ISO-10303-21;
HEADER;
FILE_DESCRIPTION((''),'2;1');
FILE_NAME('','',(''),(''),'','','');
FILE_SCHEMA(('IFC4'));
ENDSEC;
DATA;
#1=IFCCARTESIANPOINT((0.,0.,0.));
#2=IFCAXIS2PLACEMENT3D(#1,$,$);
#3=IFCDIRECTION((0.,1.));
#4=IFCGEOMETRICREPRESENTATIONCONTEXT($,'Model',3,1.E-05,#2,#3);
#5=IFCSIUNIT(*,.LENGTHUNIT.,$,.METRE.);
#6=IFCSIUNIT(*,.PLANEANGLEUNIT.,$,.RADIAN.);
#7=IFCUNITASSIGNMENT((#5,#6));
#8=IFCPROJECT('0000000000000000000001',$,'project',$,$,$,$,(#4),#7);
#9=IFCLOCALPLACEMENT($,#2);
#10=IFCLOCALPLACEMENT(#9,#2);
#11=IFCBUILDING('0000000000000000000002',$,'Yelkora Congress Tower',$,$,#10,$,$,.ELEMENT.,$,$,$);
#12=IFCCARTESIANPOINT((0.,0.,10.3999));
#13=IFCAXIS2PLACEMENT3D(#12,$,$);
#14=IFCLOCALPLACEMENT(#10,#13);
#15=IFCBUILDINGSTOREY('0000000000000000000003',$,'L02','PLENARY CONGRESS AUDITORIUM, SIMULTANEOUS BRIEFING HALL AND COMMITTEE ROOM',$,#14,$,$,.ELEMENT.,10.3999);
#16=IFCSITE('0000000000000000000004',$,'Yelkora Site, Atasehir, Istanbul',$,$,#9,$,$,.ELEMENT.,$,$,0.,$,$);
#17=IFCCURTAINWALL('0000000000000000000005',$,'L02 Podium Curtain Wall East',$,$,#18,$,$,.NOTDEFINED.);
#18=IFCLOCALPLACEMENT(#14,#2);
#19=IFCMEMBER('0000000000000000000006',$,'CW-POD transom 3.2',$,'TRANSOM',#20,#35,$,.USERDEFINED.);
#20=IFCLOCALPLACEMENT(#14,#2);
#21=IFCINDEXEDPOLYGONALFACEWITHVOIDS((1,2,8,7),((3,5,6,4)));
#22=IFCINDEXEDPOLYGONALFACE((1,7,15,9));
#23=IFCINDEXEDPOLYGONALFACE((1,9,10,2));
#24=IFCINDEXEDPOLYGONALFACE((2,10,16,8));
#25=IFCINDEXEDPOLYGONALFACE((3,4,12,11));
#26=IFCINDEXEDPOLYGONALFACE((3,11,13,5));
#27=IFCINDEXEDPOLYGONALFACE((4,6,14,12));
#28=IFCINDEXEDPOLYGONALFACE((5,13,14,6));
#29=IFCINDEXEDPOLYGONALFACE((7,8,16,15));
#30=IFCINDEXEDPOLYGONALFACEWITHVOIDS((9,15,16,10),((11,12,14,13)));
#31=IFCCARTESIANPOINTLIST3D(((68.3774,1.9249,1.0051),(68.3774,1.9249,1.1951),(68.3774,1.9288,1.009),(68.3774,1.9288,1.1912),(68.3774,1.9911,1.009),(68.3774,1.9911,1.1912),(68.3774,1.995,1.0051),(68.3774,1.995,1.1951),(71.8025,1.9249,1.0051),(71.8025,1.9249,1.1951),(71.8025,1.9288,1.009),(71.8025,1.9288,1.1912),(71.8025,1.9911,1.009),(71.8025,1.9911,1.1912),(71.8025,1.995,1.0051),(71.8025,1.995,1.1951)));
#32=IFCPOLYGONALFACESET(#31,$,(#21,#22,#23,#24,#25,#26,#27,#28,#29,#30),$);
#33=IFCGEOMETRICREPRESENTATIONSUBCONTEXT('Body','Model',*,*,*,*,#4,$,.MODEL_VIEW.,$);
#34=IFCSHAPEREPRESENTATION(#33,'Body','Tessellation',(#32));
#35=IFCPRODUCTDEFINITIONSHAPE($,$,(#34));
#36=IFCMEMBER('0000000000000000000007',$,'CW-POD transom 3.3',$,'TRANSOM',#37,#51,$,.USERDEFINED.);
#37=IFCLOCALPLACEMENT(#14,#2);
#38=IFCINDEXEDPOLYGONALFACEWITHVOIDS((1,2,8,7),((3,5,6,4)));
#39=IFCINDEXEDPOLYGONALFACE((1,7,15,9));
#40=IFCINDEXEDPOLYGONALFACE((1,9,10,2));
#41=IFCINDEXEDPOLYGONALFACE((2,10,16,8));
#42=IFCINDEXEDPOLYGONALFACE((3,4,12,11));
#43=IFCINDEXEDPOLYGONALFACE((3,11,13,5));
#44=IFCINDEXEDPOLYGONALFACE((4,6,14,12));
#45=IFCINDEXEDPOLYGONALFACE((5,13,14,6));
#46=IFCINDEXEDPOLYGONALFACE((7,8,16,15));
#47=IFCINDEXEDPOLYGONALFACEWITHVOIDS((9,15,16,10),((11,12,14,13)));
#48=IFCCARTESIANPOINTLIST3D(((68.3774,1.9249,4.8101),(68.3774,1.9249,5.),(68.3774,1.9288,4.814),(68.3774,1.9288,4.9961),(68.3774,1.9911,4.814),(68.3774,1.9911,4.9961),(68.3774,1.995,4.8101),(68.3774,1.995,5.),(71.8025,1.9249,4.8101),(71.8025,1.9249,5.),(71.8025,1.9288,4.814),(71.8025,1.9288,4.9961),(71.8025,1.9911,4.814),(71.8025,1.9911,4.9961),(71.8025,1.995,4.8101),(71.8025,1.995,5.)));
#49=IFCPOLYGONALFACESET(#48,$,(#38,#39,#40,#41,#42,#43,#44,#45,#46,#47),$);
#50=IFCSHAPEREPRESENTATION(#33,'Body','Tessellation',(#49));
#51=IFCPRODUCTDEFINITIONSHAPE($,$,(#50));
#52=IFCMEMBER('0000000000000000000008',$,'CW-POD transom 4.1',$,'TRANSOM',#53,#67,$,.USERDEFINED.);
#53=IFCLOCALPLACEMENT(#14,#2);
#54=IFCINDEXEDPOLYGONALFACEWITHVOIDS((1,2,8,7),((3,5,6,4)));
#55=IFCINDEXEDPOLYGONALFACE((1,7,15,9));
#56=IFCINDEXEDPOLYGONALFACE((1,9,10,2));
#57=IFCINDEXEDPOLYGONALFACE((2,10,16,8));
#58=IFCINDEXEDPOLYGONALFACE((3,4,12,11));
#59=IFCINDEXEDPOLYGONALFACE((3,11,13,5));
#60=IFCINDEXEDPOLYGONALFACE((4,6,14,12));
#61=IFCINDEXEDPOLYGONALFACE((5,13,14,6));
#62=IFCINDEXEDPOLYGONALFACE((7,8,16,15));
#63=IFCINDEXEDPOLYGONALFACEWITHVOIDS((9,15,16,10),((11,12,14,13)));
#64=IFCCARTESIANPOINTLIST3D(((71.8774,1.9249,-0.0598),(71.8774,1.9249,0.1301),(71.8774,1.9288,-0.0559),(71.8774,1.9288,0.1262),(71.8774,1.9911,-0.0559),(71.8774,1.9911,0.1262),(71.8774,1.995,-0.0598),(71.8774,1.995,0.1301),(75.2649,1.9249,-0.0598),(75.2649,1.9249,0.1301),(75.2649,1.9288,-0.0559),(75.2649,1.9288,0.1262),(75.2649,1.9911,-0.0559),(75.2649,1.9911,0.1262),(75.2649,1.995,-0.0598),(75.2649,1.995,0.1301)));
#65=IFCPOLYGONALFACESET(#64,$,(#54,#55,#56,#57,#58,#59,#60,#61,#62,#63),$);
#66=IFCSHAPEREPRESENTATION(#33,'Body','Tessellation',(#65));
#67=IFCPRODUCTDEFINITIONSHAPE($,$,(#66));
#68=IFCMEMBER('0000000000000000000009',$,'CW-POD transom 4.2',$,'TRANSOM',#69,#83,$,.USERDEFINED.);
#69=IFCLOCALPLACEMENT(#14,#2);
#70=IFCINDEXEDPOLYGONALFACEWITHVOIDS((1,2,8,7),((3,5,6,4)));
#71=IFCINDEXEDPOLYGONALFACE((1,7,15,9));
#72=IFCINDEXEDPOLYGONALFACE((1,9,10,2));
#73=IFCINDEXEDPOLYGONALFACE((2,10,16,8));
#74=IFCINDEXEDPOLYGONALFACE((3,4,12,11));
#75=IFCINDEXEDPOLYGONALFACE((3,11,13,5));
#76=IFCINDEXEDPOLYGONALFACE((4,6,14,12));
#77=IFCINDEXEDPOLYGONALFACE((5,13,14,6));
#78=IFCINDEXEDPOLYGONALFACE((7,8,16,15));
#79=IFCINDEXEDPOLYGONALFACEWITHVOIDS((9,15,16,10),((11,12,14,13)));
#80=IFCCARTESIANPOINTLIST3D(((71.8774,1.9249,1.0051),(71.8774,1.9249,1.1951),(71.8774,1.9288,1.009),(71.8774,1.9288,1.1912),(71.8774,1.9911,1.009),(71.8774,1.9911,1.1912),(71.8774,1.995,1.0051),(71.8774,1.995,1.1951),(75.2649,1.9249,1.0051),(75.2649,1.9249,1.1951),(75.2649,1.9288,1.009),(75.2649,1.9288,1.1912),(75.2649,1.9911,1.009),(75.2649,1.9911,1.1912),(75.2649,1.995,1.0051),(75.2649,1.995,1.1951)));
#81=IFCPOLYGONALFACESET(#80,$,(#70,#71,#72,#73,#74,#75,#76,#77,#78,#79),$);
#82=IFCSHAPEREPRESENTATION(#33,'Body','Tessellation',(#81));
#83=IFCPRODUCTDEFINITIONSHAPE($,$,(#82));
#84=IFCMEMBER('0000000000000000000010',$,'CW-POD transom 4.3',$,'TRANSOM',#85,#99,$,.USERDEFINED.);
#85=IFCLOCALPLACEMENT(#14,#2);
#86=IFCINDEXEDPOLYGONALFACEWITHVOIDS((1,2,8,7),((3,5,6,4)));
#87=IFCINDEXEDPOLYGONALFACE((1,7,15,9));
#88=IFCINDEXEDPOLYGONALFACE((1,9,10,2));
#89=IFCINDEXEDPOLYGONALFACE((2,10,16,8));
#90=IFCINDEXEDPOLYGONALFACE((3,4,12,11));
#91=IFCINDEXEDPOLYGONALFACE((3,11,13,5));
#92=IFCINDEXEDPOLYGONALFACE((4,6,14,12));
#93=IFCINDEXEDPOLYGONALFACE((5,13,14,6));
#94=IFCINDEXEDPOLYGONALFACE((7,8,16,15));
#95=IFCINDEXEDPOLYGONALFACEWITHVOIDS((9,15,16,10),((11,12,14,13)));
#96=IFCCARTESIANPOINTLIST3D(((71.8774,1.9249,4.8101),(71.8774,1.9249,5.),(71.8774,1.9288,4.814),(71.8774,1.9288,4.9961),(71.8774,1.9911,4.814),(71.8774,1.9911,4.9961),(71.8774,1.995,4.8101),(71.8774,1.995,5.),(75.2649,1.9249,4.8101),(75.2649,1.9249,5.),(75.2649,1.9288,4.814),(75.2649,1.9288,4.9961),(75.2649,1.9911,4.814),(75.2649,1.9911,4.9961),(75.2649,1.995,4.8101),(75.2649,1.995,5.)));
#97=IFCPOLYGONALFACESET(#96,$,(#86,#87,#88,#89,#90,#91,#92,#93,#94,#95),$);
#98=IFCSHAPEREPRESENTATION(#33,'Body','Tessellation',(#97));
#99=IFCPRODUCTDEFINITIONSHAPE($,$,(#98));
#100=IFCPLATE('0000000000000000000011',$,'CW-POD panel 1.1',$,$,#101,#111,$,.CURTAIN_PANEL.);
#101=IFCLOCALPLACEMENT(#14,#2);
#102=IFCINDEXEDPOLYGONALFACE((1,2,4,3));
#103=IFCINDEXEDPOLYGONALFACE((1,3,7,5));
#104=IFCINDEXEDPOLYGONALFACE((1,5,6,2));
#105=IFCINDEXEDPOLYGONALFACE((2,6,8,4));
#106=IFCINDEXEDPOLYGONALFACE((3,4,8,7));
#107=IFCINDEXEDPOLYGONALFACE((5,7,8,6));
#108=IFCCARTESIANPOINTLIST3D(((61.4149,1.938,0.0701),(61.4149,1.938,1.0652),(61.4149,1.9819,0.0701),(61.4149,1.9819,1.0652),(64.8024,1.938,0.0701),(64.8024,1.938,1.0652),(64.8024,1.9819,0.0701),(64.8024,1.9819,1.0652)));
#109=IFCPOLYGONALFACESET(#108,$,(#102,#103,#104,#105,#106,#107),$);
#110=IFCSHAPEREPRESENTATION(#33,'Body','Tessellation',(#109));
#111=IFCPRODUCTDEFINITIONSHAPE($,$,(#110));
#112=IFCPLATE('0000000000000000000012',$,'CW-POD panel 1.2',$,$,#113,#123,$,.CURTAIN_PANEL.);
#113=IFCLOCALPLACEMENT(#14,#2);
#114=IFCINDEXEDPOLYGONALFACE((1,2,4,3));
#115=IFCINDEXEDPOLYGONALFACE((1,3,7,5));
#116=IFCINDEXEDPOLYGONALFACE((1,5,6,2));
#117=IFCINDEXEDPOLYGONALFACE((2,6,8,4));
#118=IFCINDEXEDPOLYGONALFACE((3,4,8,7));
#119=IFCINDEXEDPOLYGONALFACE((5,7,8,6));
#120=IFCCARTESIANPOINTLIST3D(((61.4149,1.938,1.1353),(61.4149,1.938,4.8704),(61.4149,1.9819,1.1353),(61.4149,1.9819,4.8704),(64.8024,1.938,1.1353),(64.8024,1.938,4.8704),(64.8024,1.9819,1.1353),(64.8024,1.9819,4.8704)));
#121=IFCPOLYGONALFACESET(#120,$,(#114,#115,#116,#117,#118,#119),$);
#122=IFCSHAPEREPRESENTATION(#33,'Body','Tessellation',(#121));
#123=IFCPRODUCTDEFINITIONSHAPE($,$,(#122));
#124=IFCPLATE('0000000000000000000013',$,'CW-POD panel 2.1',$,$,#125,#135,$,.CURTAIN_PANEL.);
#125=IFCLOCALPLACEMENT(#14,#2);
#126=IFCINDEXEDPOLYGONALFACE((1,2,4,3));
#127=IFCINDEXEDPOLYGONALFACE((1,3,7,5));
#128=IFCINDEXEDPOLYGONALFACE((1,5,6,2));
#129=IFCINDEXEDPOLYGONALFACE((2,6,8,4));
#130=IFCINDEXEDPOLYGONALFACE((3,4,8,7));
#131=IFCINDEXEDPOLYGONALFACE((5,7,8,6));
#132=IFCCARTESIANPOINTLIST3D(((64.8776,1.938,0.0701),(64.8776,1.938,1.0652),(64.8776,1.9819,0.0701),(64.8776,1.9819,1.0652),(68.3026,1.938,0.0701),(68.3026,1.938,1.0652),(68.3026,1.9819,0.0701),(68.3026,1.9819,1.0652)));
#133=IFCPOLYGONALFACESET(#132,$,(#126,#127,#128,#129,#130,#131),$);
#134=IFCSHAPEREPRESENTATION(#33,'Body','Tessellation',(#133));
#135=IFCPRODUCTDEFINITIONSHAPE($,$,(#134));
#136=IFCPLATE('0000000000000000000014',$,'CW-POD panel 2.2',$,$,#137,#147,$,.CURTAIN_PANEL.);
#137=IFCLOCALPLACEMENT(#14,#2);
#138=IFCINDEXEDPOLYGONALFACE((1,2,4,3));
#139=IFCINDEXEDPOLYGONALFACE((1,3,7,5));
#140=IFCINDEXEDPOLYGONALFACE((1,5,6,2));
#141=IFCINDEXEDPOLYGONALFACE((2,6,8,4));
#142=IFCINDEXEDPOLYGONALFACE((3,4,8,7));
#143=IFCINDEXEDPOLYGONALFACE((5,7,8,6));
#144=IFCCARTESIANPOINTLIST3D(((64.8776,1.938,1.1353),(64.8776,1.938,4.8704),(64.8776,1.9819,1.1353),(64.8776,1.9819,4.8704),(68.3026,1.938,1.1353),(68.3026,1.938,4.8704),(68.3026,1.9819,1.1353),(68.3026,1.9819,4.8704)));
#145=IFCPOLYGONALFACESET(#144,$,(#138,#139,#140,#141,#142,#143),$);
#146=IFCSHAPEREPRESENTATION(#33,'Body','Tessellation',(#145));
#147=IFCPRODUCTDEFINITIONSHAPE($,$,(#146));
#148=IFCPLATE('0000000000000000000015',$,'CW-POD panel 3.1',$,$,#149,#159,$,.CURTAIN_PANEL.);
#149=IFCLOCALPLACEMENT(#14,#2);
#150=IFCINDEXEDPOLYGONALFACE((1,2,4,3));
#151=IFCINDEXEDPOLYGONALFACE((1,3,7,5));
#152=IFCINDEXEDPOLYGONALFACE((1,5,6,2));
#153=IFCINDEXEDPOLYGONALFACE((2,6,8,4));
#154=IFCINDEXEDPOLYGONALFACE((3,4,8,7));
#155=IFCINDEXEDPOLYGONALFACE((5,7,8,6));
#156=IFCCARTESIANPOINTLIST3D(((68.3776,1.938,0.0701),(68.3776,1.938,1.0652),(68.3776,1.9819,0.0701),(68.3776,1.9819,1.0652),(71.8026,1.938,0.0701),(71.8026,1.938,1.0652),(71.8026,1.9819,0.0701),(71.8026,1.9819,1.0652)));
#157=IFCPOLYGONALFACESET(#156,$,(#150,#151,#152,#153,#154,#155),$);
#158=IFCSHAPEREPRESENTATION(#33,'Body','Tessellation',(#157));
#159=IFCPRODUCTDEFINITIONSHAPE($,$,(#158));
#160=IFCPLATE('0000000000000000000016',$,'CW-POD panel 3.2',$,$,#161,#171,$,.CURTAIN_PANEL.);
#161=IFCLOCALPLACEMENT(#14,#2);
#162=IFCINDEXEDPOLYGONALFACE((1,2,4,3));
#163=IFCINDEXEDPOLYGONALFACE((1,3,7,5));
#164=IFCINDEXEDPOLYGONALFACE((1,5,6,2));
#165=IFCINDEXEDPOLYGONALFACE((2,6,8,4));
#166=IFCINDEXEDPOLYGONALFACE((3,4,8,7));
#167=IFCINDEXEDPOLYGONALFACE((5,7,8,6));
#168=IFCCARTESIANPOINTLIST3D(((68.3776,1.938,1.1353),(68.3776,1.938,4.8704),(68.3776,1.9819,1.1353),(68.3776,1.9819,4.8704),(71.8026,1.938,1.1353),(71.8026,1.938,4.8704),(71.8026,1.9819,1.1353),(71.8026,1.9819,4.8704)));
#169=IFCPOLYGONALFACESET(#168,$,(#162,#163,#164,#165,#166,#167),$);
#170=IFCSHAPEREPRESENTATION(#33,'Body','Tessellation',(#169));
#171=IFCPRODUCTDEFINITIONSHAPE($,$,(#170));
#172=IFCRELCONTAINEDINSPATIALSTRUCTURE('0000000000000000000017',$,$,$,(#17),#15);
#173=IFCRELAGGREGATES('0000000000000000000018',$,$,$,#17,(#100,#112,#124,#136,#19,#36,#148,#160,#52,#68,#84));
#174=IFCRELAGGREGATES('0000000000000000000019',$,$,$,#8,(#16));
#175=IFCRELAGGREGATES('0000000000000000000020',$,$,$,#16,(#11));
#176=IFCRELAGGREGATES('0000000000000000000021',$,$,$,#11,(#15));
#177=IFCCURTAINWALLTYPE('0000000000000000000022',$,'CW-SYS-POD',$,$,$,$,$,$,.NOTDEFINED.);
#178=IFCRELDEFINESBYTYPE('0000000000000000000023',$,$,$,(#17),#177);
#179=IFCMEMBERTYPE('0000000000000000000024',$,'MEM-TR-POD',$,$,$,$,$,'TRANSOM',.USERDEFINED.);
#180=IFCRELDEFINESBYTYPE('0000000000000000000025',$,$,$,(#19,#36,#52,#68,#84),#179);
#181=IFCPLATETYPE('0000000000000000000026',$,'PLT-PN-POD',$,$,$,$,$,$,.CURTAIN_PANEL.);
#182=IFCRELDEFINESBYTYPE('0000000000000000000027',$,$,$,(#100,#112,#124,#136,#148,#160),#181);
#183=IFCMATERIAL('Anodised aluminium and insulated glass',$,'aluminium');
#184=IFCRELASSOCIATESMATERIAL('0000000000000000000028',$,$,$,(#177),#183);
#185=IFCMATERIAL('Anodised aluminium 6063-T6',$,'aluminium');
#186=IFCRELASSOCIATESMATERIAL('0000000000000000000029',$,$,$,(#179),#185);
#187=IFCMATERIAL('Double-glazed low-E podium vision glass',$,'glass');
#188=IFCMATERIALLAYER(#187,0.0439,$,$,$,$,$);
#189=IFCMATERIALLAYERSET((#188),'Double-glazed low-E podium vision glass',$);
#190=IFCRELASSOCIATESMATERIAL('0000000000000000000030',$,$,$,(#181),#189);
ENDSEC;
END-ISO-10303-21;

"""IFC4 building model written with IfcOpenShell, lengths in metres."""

from ifc_helpers import new_model, si_unit, direction, frame, origin, origin_2d, place, context, subcontext, project, spatial, rectangle, hollow_rectangle, extrude, material, layer, layer_set, material_profile, profile_set, type_object, element, aggregate, save


model = new_model("IFC4")

# Units and contexts
model_context = context("Model", 3, precision=1e-05, world=origin(), true_north=direction((0.0, 1.0)))
body_context = subcontext(model_context, "Body", "Model", "MODEL_VIEW")
ifc_project = project(units=[si_unit("LENGTHUNIT", "METRE"), si_unit("PLANEANGLEUNIT", "RADIAN")], contexts=[model_context])

# Site, building, storey
site_placement = place(None, origin())
site = spatial("IfcSite", under=ifc_project, at=site_placement, Name="Yelkora Site, Atasehir, Istanbul", CompositionType="ELEMENT", RefElevation=0.0)
building_placement = place(site_placement, origin())
building = spatial("IfcBuilding", under=site, at=building_placement, Name="Yelkora Congress Tower", CompositionType="ELEMENT")
storey_placement = place(building_placement, frame((0.0, 0.0, 10.3999)))
storey = spatial("IfcBuildingStorey", under=building, at=storey_placement, Name="L02", Description="PLENARY CONGRESS AUDITORIUM, SIMULTANEOUS BRIEFING HALL AND COMMITTEE ROOM", CompositionType="ELEMENT", Elevation=10.3999)

# Curtain wall, members, plates
ifc_material_1 = material(Name="Anodised aluminium and insulated glass", Category="aluminium")
curtain_wall_type = type_object("IfcCurtainWallType", Name="CW-SYS-POD", PredefinedType="NOTDEFINED", material=ifc_material_1)
curtain_wall_placement = place(storey_placement, origin())
curtain_wall = element("IfcCurtainWall", 1, at=curtain_wall_placement, inside=storey, type_object=curtain_wall_type, Name="L02 Podium Curtain Wall East", PredefinedType="NOTDEFINED")
ifc_material_2 = material(Name="Anodised aluminium 6063-T6", Category="aluminium")
ifc_material_profile_1 = material_profile(ifc_material_2, hollow_rectangle(XDim=0.0701, YDim=0.1899, WallThickness=0.0039, at=origin_2d()), Name="ALU 70x190x4")
ifc_profile_set_1 = profile_set([ifc_material_profile_1], Name="Anodised aluminium 6063-T6")
member_type_1 = type_object("IfcMemberType", Name="MEM-TR-POD", ElementType="TRANSOM", PredefinedType="USERDEFINED", material=ifc_profile_set_1)
member_1_placement = place(storey_placement, frame((68.3774, 1.96, 1.1001), z_axis=(1.0, 0.0, 0.0), x_axis=(0.0, 1.0, 0.0)))
member_1 = element("IfcMember", 2, at=member_1_placement, type_object=member_type_1, Name="CW-POD transom 3.2", ObjectType="TRANSOM", PredefinedType="USERDEFINED", context=body_context, shape_type="SweptSolid", body=[
    extrude(hollow_rectangle(XDim=0.0701, YDim=0.1899, WallThickness=0.0039, at=origin_2d()), origin(), (0.0, 0.0, 1.0), 3.425),
])
member_2_placement = place(storey_placement, frame((68.3774, 1.96, 4.905), z_axis=(1.0, 0.0, 0.0), x_axis=(0.0, 1.0, 0.0)))
member_2 = element("IfcMember", 3, at=member_2_placement, type_object=member_type_1, Name="CW-POD transom 3.3", ObjectType="TRANSOM", PredefinedType="USERDEFINED", context=body_context, shape_type="SweptSolid", body=[
    extrude(hollow_rectangle(XDim=0.0701, YDim=0.1899, WallThickness=0.0039, at=origin_2d()), origin(), (0.0, 0.0, 1.0), 3.425),
])
member_3_placement = place(storey_placement, frame((71.8774, 1.96, 0.0352), z_axis=(1.0, 0.0, 0.0), x_axis=(0.0, 1.0, 0.0)))
member_3 = element("IfcMember", 4, at=member_3_placement, type_object=member_type_1, Name="CW-POD transom 4.1", ObjectType="TRANSOM", PredefinedType="USERDEFINED", context=body_context, shape_type="SweptSolid", body=[
    extrude(hollow_rectangle(XDim=0.0701, YDim=0.1899, WallThickness=0.0039, at=origin_2d()), origin(), (0.0, 0.0, 1.0), 3.3875),
])
member_4_placement = place(storey_placement, frame((71.8774, 1.96, 1.1001), z_axis=(1.0, 0.0, 0.0), x_axis=(0.0, 1.0, 0.0)))
member_4 = element("IfcMember", 5, at=member_4_placement, type_object=member_type_1, Name="CW-POD transom 4.2", ObjectType="TRANSOM", PredefinedType="USERDEFINED", context=body_context, shape_type="SweptSolid", body=[
    extrude(hollow_rectangle(XDim=0.0701, YDim=0.1899, WallThickness=0.0039, at=origin_2d()), origin(), (0.0, 0.0, 1.0), 3.3875),
])
member_5_placement = place(storey_placement, frame((71.8774, 1.96, 4.905), z_axis=(1.0, 0.0, 0.0), x_axis=(0.0, 1.0, 0.0)))
member_5 = element("IfcMember", 6, at=member_5_placement, type_object=member_type_1, Name="CW-POD transom 4.3", ObjectType="TRANSOM", PredefinedType="USERDEFINED", context=body_context, shape_type="SweptSolid", body=[
    extrude(hollow_rectangle(XDim=0.0701, YDim=0.1899, WallThickness=0.0039, at=origin_2d()), origin(), (0.0, 0.0, 1.0), 3.3875),
])
ifc_material_3 = material(Name="Double-glazed low-E podium vision glass", Category="glass")
ifc_layer = layer(ifc_material_3, 0.0439)
ifc_layer_set = layer_set([ifc_layer], Name="Double-glazed low-E podium vision glass")
plate_type = type_object("IfcPlateType", Name="PLT-PN-POD", PredefinedType="CURTAIN_PANEL", material=ifc_layer_set)
plate_1_placement = place(storey_placement, frame((63.1086, 1.96, 0.0701), z_axis=(0.0, 0.0, 1.0), x_axis=(1.0, 0.0, 0.0)))
plate_1 = element("IfcPlate", 7, at=plate_1_placement, type_object=plate_type, Name="CW-POD panel 1.1", PredefinedType="CURTAIN_PANEL", context=body_context, shape_type="SweptSolid", body=[
    extrude(rectangle(XDim=3.3875, YDim=0.0439, at=origin_2d()), origin(), (0.0, 0.0, 1.0), 0.9951),
])
plate_2_placement = place(storey_placement, frame((63.1086, 1.96, 1.1353), z_axis=(0.0, 0.0, 1.0), x_axis=(1.0, 0.0, 0.0)))
plate_2 = element("IfcPlate", 8, at=plate_2_placement, type_object=plate_type, Name="CW-POD panel 1.2", PredefinedType="CURTAIN_PANEL", context=body_context, shape_type="SweptSolid", body=[
    extrude(rectangle(XDim=3.3875, YDim=0.0439, at=origin_2d()), origin(), (0.0, 0.0, 1.0), 3.7351),
])
plate_3_placement = place(storey_placement, frame((66.5901, 1.96, 0.0701), z_axis=(0.0, 0.0, 1.0), x_axis=(1.0, 0.0, 0.0)))
plate_3 = element("IfcPlate", 9, at=plate_3_placement, type_object=plate_type, Name="CW-POD panel 2.1", PredefinedType="CURTAIN_PANEL", context=body_context, shape_type="SweptSolid", body=[
    extrude(rectangle(XDim=3.425, YDim=0.0439, at=origin_2d()), origin(), (0.0, 0.0, 1.0), 0.9951),
])
plate_4_placement = place(storey_placement, frame((66.5901, 1.96, 1.1353), z_axis=(0.0, 0.0, 1.0), x_axis=(1.0, 0.0, 0.0)))
plate_4 = element("IfcPlate", 10, at=plate_4_placement, type_object=plate_type, Name="CW-POD panel 2.2", PredefinedType="CURTAIN_PANEL", context=body_context, shape_type="SweptSolid", body=[
    extrude(rectangle(XDim=3.425, YDim=0.0439, at=origin_2d()), origin(), (0.0, 0.0, 1.0), 3.7351),
])
plate_5_placement = place(storey_placement, frame((70.0901, 1.96, 0.0701), z_axis=(0.0, 0.0, 1.0), x_axis=(1.0, 0.0, 0.0)))
plate_5 = element("IfcPlate", 11, at=plate_5_placement, type_object=plate_type, Name="CW-POD panel 3.1", PredefinedType="CURTAIN_PANEL", context=body_context, shape_type="SweptSolid", body=[
    extrude(rectangle(XDim=3.425, YDim=0.0439, at=origin_2d()), origin(), (0.0, 0.0, 1.0), 0.9951),
])
plate_6_placement = place(storey_placement, frame((70.0901, 1.96, 1.1353), z_axis=(0.0, 0.0, 1.0), x_axis=(1.0, 0.0, 0.0)))
plate_6 = element("IfcPlate", 12, at=plate_6_placement, type_object=plate_type, Name="CW-POD panel 3.2", PredefinedType="CURTAIN_PANEL", context=body_context, shape_type="SweptSolid", body=[
    extrude(rectangle(XDim=3.425, YDim=0.0439, at=origin_2d()), origin(), (0.0, 0.0, 1.0), 3.7351),
])
aggregate(curtain_wall, [plate_1, plate_2, plate_3, plate_4, member_1, member_2, plate_5, plate_6, member_3, member_4, member_5])

save(model, "model.ifc")
